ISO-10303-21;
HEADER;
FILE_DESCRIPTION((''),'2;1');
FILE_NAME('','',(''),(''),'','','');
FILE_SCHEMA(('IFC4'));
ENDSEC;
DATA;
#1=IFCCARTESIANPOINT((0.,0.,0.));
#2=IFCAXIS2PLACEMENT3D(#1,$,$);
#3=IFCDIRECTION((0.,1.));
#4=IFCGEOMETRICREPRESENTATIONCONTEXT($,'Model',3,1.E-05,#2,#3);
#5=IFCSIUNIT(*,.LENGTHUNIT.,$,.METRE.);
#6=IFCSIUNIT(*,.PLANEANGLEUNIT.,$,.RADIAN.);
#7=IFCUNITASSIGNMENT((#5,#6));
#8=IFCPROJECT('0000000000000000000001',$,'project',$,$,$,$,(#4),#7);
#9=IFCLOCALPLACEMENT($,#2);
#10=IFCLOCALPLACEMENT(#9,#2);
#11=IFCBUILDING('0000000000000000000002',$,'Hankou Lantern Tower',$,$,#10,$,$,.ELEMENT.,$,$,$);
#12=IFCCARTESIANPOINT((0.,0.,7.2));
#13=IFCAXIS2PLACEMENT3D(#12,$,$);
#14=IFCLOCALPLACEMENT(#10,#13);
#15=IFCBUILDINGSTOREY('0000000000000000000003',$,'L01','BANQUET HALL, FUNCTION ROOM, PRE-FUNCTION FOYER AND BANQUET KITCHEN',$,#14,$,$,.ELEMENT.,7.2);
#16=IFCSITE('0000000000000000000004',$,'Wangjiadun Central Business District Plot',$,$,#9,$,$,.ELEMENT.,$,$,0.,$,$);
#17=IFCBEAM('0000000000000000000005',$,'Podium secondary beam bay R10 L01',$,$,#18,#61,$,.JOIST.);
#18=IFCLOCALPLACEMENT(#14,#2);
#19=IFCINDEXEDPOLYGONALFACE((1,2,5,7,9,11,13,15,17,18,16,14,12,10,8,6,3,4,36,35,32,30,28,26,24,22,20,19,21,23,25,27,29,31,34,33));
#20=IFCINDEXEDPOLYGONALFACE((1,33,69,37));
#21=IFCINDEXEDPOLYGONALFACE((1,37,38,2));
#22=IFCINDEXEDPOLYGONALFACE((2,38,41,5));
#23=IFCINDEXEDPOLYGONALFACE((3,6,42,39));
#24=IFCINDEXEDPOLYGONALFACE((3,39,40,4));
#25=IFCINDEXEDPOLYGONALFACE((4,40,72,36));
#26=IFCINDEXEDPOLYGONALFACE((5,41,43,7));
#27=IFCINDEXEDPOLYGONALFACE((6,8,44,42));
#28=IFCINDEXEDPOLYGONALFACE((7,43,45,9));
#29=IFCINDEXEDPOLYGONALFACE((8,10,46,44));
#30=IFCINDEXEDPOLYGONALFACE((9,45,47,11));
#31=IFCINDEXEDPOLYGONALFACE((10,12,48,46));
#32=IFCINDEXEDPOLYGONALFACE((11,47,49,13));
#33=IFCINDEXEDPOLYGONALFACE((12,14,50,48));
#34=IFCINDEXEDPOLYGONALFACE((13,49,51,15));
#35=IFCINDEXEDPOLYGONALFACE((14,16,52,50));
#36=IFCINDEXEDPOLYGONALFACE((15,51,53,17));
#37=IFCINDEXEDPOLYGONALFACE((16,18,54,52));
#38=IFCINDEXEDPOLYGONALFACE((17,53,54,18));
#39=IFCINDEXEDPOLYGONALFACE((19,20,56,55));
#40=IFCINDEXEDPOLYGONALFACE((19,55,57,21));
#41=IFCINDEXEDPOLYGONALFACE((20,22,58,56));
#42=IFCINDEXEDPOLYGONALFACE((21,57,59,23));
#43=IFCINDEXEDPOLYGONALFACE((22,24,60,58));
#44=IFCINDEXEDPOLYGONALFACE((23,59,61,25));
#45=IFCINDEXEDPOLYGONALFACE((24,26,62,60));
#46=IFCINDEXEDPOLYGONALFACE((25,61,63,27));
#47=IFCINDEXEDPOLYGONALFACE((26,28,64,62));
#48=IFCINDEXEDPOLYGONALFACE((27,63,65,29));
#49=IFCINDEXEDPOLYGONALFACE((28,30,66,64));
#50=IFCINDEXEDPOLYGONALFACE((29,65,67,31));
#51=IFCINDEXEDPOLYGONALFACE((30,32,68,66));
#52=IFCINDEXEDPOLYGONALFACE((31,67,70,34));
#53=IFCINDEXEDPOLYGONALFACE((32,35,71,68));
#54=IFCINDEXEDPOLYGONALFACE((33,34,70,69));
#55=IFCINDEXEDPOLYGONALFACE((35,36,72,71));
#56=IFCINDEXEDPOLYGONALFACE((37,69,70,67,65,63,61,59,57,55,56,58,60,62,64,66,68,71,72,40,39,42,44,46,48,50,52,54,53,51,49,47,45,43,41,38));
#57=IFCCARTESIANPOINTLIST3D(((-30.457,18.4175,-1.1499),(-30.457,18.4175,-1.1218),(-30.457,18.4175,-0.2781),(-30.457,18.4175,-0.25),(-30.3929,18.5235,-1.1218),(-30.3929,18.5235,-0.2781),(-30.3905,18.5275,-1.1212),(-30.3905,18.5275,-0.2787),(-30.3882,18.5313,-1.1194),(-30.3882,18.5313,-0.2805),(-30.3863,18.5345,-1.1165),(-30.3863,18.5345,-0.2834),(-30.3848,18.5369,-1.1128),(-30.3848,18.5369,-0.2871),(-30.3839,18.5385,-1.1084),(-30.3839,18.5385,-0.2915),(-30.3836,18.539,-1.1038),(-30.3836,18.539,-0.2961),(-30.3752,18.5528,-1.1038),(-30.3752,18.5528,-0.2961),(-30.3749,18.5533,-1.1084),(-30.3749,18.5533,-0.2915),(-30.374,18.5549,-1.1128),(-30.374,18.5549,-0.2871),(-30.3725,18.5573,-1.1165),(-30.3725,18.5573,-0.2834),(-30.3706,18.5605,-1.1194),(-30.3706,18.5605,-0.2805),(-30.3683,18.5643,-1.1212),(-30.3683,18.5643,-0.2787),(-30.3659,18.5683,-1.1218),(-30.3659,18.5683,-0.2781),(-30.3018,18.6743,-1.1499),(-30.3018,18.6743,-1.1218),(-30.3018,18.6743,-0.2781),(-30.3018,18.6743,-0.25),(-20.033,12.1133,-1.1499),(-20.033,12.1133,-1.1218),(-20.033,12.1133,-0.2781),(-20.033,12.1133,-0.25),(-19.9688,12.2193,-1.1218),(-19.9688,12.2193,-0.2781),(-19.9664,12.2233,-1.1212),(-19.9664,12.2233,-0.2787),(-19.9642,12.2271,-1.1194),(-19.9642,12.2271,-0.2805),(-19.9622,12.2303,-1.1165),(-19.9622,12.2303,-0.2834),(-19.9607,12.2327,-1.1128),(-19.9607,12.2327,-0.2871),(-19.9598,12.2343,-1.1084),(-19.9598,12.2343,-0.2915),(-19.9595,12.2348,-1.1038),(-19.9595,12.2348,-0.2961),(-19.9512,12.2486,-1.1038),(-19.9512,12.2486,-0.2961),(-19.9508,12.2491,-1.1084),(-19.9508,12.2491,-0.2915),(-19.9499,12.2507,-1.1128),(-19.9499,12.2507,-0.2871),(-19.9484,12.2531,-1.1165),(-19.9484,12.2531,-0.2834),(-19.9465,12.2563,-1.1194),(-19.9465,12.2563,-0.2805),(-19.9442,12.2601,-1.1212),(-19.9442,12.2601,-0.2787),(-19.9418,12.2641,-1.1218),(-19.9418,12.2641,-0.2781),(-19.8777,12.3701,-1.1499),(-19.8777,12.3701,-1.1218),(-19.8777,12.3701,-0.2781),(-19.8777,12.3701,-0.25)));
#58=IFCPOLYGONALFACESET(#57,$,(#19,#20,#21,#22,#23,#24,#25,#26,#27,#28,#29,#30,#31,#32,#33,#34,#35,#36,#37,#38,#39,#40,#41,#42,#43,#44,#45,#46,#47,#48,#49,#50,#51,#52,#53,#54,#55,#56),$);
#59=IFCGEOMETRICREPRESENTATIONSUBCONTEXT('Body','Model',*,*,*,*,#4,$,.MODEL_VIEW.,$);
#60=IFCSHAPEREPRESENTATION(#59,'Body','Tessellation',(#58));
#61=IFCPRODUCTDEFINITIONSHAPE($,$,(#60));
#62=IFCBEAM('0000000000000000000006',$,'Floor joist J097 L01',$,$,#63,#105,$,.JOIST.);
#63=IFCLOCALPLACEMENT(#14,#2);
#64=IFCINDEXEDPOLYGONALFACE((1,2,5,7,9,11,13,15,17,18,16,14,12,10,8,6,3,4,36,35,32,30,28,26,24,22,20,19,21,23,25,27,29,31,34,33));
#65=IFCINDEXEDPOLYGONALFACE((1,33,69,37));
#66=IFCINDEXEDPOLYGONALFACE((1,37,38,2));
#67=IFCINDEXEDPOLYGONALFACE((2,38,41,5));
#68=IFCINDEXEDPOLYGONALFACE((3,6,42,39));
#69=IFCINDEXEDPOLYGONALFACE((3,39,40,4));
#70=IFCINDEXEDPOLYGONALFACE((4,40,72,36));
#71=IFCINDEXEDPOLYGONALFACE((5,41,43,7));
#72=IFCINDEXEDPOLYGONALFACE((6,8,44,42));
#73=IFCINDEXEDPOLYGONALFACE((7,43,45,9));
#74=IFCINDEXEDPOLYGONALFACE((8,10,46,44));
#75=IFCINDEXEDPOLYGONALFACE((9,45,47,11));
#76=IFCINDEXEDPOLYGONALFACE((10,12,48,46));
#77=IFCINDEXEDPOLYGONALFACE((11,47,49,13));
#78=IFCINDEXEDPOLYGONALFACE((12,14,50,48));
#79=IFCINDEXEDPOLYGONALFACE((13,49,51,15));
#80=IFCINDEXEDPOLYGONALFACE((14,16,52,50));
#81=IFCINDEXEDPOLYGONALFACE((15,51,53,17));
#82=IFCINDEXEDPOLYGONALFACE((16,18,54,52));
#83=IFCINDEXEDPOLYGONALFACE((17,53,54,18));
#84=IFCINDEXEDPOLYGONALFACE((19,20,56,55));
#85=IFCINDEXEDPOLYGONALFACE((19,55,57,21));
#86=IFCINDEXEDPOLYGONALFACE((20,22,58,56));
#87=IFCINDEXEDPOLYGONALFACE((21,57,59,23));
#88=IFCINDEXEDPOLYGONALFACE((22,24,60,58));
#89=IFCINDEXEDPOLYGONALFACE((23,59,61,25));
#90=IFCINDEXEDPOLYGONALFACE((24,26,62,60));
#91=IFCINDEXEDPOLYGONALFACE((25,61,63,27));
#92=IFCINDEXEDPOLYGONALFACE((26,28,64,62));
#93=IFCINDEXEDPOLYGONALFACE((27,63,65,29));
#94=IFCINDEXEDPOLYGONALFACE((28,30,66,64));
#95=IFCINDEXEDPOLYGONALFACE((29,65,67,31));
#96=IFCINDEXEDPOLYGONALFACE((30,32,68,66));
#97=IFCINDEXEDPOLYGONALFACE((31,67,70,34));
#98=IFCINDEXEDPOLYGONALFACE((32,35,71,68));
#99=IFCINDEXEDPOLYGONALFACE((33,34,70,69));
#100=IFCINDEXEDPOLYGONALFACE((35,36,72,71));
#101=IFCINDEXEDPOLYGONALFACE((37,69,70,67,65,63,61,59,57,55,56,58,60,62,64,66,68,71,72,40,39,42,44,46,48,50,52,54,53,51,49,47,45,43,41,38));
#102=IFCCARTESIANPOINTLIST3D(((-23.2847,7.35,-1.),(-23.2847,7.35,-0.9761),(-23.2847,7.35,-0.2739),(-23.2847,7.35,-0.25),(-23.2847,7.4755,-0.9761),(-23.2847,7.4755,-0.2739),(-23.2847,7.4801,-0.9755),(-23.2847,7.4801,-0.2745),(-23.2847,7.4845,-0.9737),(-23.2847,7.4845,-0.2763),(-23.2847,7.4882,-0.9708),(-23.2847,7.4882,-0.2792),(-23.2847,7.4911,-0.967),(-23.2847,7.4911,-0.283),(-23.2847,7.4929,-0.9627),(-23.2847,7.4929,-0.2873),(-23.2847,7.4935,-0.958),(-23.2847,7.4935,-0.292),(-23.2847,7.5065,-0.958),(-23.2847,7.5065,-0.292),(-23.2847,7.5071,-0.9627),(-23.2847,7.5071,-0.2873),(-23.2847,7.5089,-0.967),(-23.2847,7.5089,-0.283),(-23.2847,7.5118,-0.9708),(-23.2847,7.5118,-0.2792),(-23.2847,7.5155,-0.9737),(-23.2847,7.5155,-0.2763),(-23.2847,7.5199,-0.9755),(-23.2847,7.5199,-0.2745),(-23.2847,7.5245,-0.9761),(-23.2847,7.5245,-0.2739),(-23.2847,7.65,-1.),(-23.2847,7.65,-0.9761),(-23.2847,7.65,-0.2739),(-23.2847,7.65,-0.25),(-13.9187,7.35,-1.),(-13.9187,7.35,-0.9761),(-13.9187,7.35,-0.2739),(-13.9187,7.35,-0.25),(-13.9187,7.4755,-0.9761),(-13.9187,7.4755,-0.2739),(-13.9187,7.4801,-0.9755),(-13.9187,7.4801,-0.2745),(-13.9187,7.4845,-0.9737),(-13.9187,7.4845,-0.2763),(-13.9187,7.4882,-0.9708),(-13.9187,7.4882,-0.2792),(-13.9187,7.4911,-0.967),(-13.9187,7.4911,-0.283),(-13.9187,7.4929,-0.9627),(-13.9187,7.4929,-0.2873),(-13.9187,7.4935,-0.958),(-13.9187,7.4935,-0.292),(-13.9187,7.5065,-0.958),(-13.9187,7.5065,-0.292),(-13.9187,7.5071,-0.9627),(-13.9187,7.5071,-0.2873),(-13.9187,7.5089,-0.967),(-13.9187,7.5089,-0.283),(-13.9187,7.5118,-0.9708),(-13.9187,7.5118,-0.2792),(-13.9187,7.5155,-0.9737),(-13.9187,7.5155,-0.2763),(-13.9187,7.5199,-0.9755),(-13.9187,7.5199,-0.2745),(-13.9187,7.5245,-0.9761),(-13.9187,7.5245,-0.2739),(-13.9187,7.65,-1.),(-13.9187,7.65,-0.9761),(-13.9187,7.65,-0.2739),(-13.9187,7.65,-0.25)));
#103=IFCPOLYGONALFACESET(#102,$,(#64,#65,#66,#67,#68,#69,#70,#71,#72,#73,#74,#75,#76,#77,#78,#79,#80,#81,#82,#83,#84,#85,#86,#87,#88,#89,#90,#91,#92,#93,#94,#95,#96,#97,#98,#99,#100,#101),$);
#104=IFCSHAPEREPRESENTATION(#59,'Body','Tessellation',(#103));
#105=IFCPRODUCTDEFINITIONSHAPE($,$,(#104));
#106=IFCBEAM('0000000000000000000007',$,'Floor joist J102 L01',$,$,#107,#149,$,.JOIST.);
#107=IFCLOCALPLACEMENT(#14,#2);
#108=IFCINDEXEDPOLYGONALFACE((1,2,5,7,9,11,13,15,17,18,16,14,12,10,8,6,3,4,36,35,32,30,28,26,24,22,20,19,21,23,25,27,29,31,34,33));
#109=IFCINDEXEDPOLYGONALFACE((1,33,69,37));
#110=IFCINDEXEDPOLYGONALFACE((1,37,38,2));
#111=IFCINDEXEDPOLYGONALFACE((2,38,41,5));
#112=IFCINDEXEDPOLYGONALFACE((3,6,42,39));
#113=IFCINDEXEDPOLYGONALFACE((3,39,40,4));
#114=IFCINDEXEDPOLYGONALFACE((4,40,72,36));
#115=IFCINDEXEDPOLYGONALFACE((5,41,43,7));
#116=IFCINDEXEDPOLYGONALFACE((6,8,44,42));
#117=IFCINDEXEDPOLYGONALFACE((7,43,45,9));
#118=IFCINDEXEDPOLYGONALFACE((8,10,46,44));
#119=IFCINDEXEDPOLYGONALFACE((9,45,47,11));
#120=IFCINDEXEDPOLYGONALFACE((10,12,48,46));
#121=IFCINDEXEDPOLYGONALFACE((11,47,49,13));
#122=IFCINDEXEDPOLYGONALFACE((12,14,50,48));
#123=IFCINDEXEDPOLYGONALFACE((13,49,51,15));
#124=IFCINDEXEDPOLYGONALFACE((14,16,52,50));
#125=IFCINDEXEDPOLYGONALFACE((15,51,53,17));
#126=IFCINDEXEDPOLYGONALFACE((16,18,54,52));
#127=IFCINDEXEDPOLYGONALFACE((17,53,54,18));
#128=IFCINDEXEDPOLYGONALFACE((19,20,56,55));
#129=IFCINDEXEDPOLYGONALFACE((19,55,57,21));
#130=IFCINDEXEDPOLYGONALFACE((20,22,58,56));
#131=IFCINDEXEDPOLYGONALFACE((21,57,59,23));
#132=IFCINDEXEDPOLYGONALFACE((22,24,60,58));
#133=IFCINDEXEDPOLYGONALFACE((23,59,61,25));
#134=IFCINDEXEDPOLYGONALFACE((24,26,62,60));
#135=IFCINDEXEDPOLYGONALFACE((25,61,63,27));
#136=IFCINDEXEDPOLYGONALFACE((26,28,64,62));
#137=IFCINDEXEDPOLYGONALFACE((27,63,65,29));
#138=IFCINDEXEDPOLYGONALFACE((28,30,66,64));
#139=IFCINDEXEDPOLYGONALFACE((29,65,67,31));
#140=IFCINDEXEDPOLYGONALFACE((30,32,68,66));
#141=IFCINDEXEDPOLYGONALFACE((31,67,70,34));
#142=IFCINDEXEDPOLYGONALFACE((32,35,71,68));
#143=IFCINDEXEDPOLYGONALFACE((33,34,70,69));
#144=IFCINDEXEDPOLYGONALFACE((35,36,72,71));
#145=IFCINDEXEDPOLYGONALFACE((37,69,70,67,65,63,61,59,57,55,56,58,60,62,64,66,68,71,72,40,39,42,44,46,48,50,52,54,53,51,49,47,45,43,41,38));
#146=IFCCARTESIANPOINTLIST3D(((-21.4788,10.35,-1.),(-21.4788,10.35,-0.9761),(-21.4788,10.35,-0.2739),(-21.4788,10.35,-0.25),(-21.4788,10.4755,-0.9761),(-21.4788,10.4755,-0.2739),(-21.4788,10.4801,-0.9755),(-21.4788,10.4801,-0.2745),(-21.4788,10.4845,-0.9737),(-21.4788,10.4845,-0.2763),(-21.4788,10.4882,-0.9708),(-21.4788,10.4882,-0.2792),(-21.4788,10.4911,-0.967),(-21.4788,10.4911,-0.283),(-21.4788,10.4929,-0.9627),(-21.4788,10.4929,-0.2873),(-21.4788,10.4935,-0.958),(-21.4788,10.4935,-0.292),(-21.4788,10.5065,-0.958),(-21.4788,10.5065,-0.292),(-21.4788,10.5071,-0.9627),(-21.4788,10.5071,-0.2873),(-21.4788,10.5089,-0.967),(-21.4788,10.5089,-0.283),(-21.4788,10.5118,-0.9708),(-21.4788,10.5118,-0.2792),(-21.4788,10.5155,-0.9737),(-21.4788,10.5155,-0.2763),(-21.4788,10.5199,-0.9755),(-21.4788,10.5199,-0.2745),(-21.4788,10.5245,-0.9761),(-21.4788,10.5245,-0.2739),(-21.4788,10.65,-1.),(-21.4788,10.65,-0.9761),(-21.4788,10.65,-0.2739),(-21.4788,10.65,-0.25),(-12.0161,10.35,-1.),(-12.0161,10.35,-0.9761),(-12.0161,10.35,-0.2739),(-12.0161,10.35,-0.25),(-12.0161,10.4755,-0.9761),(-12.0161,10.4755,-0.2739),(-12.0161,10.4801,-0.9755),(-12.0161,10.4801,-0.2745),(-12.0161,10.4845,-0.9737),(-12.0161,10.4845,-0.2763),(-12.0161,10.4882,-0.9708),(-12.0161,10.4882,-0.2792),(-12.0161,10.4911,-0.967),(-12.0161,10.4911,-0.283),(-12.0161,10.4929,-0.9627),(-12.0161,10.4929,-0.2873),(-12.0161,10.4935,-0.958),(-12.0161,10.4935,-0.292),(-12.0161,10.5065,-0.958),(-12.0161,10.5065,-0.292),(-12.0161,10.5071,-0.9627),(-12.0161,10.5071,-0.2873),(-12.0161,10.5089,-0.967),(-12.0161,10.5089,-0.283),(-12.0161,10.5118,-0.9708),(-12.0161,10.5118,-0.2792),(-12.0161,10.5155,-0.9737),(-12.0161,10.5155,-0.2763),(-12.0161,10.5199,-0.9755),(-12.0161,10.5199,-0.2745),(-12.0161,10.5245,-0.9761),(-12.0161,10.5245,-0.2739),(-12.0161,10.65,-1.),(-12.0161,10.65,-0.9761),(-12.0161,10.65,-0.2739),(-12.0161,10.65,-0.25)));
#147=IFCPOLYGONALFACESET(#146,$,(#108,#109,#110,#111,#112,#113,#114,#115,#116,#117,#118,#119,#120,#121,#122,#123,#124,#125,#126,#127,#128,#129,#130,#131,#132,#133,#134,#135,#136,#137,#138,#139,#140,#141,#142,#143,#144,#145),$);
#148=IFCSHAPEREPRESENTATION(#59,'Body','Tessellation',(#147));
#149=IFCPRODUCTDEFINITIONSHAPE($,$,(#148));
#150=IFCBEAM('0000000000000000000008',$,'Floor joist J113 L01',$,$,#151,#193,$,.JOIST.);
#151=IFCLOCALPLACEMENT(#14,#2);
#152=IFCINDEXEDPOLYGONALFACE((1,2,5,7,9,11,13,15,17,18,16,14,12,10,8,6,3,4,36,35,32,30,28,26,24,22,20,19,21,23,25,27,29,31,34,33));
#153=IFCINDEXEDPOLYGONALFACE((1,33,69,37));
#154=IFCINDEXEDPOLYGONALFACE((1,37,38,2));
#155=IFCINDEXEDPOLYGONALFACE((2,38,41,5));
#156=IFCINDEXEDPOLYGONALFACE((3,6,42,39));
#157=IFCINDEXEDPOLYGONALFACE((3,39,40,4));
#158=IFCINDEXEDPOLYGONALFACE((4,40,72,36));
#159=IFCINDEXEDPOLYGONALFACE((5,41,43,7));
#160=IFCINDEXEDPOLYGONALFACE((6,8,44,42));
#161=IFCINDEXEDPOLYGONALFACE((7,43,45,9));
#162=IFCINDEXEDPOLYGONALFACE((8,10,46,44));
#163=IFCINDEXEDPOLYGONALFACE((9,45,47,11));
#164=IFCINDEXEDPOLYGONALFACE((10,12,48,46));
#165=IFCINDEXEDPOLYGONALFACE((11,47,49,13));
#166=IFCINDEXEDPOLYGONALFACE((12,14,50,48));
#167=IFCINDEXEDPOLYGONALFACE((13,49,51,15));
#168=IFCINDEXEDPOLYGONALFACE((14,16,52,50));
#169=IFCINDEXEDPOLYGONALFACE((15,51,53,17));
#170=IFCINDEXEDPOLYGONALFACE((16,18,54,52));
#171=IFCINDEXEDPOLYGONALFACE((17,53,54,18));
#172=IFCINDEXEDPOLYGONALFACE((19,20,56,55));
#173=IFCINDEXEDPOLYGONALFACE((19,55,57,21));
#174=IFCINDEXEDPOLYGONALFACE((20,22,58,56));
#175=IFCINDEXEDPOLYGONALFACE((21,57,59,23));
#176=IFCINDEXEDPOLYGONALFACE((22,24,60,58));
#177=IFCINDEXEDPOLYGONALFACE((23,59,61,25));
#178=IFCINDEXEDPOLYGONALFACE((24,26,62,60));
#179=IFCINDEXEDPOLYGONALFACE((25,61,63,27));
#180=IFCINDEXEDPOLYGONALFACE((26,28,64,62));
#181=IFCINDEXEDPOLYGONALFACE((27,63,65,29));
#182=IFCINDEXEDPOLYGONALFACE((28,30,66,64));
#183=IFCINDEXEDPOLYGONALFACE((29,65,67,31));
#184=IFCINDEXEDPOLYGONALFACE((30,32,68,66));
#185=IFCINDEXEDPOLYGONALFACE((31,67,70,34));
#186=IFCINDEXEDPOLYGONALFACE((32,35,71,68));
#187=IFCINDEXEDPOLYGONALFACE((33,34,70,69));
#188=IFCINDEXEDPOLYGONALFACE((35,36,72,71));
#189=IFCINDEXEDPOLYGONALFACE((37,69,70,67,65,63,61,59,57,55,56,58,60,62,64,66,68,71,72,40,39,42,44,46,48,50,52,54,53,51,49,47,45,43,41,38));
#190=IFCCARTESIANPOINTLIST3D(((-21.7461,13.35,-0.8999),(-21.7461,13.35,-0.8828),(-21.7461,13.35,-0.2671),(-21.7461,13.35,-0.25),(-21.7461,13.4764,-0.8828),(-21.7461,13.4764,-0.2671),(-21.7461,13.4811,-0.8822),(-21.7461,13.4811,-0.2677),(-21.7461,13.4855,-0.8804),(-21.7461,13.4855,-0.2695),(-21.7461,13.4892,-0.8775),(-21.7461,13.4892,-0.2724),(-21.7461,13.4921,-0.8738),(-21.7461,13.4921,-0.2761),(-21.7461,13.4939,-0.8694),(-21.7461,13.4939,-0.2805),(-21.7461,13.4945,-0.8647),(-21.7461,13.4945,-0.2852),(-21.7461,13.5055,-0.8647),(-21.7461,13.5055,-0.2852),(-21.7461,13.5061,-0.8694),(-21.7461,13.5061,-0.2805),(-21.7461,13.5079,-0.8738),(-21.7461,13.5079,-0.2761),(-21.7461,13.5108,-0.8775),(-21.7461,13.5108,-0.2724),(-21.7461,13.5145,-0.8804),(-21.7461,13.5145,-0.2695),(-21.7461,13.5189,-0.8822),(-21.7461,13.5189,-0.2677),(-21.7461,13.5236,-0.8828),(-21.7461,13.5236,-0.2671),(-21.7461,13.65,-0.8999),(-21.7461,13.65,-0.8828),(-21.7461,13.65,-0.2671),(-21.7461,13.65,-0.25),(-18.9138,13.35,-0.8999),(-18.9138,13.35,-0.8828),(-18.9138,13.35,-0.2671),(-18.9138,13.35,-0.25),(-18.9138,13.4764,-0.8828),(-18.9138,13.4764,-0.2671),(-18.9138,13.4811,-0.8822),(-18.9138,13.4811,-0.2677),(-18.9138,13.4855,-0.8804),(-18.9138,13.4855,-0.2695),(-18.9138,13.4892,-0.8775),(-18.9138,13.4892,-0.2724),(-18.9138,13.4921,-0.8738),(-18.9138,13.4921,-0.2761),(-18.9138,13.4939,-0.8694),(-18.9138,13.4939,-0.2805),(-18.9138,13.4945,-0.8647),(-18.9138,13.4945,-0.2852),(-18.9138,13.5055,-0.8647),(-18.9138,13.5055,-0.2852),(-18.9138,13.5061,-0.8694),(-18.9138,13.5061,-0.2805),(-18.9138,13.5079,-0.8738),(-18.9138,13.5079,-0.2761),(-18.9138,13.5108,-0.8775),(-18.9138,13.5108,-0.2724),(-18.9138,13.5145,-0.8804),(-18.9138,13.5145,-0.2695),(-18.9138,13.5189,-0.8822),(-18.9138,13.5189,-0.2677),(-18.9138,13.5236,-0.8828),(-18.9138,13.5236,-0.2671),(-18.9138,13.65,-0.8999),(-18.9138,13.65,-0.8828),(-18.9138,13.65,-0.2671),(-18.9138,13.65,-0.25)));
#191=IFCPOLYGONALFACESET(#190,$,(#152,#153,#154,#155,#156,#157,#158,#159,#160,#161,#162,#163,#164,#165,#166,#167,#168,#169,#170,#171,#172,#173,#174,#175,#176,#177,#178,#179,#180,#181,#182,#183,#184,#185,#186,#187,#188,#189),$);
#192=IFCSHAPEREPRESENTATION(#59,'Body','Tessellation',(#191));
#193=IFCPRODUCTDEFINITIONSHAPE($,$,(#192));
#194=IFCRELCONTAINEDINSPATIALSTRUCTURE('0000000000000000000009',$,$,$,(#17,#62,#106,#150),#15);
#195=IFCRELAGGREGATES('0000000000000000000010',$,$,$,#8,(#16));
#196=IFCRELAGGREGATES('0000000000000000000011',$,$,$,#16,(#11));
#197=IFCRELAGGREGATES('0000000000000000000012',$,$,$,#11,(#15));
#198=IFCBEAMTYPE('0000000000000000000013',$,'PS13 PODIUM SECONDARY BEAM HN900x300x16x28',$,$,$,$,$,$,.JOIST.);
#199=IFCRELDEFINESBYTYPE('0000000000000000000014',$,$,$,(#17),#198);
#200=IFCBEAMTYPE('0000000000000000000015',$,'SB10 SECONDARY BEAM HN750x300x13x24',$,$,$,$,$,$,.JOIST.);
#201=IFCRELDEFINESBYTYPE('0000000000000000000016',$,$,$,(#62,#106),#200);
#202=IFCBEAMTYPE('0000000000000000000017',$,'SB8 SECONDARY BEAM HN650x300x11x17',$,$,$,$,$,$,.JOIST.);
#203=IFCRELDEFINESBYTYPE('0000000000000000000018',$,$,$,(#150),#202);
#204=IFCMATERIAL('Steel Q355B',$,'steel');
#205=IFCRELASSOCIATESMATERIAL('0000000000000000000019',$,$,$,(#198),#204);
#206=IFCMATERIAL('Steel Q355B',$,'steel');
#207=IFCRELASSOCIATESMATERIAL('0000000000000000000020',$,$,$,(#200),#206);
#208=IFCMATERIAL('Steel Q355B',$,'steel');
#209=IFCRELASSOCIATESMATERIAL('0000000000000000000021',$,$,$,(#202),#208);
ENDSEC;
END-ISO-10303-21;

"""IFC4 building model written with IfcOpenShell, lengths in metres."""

from ifc_helpers import new_model, si_unit, direction, frame, origin, origin_2d, place, context, subcontext, project, spatial, i_section, extrude, material, material_profile, profile_set, type_object, element, save


model = new_model("IFC4")

# Units and contexts
model_context = context("Model", 3, precision=1e-05, world=origin(), true_north=direction((0.0, 1.0)))
body_context = subcontext(model_context, "Body", "Model", "MODEL_VIEW")
ifc_project = project(units=[si_unit("LENGTHUNIT", "METRE"), si_unit("PLANEANGLEUNIT", "RADIAN")], contexts=[model_context])

# Site, building, storey
site_placement = place(None, origin())
site = spatial("IfcSite", under=ifc_project, at=site_placement, Name="Wangjiadun Central Business District Plot", CompositionType="ELEMENT", RefElevation=0.0)
building_placement = place(site_placement, origin())
building = spatial("IfcBuilding", under=site, at=building_placement, Name="Hankou Lantern Tower", CompositionType="ELEMENT")
storey_placement = place(building_placement, frame((0.0, 0.0, 7.2)))
storey = spatial("IfcBuildingStorey", under=building, at=storey_placement, Name="L01", Description="BANQUET HALL, FUNCTION ROOM, PRE-FUNCTION FOYER AND BANQUET KITCHEN", CompositionType="ELEMENT", Elevation=7.2)

# Beams
ifc_material_1 = material(Name="Steel Q355B", Category="steel")
ifc_material_profile_1 = material_profile(ifc_material_1, i_section(OverallWidth=0.3, OverallDepth=0.8999, WebThickness=0.0161, FlangeThickness=0.0281, FilletRadius=0.0181, at=origin_2d()), Name="HN900x300x16x28")
ifc_profile_set_1 = profile_set([ifc_material_profile_1], Name="Steel Q355B")
beam_type_1 = type_object("IfcBeamType", Name="PS13 PODIUM SECONDARY BEAM HN900x300x16x28", PredefinedType="JOIST", material=ifc_profile_set_1)
beam_1_placement = place(storey_placement, frame((-19.9553, 12.2417, -0.7), z_axis=(-0.855686, 0.517496, 0.0), x_axis=(-0.517496, -0.855686, 0.0)))
element("IfcBeam", 1, at=beam_1_placement, inside=storey, type_object=beam_type_1, Name="Podium secondary beam bay R10 L01", PredefinedType="JOIST", context=body_context, shape_type="SweptSolid", body=[
    extrude(i_section(OverallWidth=0.3, OverallDepth=0.8999, WebThickness=0.0161, FlangeThickness=0.0281, FilletRadius=0.0181, at=origin_2d()), origin(), (0.0, 0.0, 1.0), 12.1821),
])
ifc_material_2 = material(Name="Steel Q355B", Category="steel")
ifc_material_profile_2 = material_profile(ifc_material_2, i_section(OverallWidth=0.3, OverallDepth=0.75, WebThickness=0.0129, FlangeThickness=0.0239, FilletRadius=0.0181, at=origin_2d()), Name="HN750x300x13x24")
ifc_profile_set_2 = profile_set([ifc_material_profile_2], Name="Steel Q355B")
beam_type_2 = type_object("IfcBeamType", Name="SB10 SECONDARY BEAM HN750x300x13x24", PredefinedType="JOIST", material=ifc_profile_set_2)
beam_2_placement = place(storey_placement, frame((-23.2847, 7.5, -0.625), z_axis=(1.0, 0.0, 0.0), x_axis=(0.0, 1.0, 0.0)))
element("IfcBeam", 2, at=beam_2_placement, inside=storey, type_object=beam_type_2, Name="Floor joist J097 L01", PredefinedType="JOIST", context=body_context, shape_type="SweptSolid", body=[
    extrude(i_section(OverallWidth=0.3, OverallDepth=0.75, WebThickness=0.0129, FlangeThickness=0.0239, FilletRadius=0.0181, at=origin_2d()), origin(), (0.0, 0.0, 1.0), 9.366),
])
beam_3_placement = place(storey_placement, frame((-21.4788, 10.5, -0.625), z_axis=(1.0, 0.0, 0.0), x_axis=(0.0, 1.0, 0.0)))
element("IfcBeam", 3, at=beam_3_placement, inside=storey, type_object=beam_type_2, Name="Floor joist J102 L01", PredefinedType="JOIST", context=body_context, shape_type="SweptSolid", body=[
    extrude(i_section(OverallWidth=0.3, OverallDepth=0.75, WebThickness=0.0129, FlangeThickness=0.0239, FilletRadius=0.0181, at=origin_2d()), origin(), (0.0, 0.0, 1.0), 9.4626),
])
ifc_material_3 = material(Name="Steel Q355B", Category="steel")
ifc_material_profile_3 = material_profile(ifc_material_3, i_section(OverallWidth=0.3, OverallDepth=0.6499, WebThickness=0.011, FlangeThickness=0.0171, FilletRadius=0.0181, at=origin_2d()), Name="HN650x300x11x17")
ifc_profile_set_3 = profile_set([ifc_material_profile_3], Name="Steel Q355B")
beam_type_3 = type_object("IfcBeamType", Name="SB8 SECONDARY BEAM HN650x300x11x17", PredefinedType="JOIST", material=ifc_profile_set_3)
beam_4_placement = place(storey_placement, frame((-21.7461, 13.5, -0.575), z_axis=(1.0, 0.0, 0.0), x_axis=(0.0, 1.0, 0.0)))
element("IfcBeam", 4, at=beam_4_placement, inside=storey, type_object=beam_type_3, Name="Floor joist J113 L01", PredefinedType="JOIST", context=body_context, shape_type="SweptSolid", body=[
    extrude(i_section(OverallWidth=0.3, OverallDepth=0.6499, WebThickness=0.011, FlangeThickness=0.0171, FilletRadius=0.0181, at=origin_2d()), origin(), (0.0, 0.0, 1.0), 2.8323),
])

save(model, "model.ifc")
